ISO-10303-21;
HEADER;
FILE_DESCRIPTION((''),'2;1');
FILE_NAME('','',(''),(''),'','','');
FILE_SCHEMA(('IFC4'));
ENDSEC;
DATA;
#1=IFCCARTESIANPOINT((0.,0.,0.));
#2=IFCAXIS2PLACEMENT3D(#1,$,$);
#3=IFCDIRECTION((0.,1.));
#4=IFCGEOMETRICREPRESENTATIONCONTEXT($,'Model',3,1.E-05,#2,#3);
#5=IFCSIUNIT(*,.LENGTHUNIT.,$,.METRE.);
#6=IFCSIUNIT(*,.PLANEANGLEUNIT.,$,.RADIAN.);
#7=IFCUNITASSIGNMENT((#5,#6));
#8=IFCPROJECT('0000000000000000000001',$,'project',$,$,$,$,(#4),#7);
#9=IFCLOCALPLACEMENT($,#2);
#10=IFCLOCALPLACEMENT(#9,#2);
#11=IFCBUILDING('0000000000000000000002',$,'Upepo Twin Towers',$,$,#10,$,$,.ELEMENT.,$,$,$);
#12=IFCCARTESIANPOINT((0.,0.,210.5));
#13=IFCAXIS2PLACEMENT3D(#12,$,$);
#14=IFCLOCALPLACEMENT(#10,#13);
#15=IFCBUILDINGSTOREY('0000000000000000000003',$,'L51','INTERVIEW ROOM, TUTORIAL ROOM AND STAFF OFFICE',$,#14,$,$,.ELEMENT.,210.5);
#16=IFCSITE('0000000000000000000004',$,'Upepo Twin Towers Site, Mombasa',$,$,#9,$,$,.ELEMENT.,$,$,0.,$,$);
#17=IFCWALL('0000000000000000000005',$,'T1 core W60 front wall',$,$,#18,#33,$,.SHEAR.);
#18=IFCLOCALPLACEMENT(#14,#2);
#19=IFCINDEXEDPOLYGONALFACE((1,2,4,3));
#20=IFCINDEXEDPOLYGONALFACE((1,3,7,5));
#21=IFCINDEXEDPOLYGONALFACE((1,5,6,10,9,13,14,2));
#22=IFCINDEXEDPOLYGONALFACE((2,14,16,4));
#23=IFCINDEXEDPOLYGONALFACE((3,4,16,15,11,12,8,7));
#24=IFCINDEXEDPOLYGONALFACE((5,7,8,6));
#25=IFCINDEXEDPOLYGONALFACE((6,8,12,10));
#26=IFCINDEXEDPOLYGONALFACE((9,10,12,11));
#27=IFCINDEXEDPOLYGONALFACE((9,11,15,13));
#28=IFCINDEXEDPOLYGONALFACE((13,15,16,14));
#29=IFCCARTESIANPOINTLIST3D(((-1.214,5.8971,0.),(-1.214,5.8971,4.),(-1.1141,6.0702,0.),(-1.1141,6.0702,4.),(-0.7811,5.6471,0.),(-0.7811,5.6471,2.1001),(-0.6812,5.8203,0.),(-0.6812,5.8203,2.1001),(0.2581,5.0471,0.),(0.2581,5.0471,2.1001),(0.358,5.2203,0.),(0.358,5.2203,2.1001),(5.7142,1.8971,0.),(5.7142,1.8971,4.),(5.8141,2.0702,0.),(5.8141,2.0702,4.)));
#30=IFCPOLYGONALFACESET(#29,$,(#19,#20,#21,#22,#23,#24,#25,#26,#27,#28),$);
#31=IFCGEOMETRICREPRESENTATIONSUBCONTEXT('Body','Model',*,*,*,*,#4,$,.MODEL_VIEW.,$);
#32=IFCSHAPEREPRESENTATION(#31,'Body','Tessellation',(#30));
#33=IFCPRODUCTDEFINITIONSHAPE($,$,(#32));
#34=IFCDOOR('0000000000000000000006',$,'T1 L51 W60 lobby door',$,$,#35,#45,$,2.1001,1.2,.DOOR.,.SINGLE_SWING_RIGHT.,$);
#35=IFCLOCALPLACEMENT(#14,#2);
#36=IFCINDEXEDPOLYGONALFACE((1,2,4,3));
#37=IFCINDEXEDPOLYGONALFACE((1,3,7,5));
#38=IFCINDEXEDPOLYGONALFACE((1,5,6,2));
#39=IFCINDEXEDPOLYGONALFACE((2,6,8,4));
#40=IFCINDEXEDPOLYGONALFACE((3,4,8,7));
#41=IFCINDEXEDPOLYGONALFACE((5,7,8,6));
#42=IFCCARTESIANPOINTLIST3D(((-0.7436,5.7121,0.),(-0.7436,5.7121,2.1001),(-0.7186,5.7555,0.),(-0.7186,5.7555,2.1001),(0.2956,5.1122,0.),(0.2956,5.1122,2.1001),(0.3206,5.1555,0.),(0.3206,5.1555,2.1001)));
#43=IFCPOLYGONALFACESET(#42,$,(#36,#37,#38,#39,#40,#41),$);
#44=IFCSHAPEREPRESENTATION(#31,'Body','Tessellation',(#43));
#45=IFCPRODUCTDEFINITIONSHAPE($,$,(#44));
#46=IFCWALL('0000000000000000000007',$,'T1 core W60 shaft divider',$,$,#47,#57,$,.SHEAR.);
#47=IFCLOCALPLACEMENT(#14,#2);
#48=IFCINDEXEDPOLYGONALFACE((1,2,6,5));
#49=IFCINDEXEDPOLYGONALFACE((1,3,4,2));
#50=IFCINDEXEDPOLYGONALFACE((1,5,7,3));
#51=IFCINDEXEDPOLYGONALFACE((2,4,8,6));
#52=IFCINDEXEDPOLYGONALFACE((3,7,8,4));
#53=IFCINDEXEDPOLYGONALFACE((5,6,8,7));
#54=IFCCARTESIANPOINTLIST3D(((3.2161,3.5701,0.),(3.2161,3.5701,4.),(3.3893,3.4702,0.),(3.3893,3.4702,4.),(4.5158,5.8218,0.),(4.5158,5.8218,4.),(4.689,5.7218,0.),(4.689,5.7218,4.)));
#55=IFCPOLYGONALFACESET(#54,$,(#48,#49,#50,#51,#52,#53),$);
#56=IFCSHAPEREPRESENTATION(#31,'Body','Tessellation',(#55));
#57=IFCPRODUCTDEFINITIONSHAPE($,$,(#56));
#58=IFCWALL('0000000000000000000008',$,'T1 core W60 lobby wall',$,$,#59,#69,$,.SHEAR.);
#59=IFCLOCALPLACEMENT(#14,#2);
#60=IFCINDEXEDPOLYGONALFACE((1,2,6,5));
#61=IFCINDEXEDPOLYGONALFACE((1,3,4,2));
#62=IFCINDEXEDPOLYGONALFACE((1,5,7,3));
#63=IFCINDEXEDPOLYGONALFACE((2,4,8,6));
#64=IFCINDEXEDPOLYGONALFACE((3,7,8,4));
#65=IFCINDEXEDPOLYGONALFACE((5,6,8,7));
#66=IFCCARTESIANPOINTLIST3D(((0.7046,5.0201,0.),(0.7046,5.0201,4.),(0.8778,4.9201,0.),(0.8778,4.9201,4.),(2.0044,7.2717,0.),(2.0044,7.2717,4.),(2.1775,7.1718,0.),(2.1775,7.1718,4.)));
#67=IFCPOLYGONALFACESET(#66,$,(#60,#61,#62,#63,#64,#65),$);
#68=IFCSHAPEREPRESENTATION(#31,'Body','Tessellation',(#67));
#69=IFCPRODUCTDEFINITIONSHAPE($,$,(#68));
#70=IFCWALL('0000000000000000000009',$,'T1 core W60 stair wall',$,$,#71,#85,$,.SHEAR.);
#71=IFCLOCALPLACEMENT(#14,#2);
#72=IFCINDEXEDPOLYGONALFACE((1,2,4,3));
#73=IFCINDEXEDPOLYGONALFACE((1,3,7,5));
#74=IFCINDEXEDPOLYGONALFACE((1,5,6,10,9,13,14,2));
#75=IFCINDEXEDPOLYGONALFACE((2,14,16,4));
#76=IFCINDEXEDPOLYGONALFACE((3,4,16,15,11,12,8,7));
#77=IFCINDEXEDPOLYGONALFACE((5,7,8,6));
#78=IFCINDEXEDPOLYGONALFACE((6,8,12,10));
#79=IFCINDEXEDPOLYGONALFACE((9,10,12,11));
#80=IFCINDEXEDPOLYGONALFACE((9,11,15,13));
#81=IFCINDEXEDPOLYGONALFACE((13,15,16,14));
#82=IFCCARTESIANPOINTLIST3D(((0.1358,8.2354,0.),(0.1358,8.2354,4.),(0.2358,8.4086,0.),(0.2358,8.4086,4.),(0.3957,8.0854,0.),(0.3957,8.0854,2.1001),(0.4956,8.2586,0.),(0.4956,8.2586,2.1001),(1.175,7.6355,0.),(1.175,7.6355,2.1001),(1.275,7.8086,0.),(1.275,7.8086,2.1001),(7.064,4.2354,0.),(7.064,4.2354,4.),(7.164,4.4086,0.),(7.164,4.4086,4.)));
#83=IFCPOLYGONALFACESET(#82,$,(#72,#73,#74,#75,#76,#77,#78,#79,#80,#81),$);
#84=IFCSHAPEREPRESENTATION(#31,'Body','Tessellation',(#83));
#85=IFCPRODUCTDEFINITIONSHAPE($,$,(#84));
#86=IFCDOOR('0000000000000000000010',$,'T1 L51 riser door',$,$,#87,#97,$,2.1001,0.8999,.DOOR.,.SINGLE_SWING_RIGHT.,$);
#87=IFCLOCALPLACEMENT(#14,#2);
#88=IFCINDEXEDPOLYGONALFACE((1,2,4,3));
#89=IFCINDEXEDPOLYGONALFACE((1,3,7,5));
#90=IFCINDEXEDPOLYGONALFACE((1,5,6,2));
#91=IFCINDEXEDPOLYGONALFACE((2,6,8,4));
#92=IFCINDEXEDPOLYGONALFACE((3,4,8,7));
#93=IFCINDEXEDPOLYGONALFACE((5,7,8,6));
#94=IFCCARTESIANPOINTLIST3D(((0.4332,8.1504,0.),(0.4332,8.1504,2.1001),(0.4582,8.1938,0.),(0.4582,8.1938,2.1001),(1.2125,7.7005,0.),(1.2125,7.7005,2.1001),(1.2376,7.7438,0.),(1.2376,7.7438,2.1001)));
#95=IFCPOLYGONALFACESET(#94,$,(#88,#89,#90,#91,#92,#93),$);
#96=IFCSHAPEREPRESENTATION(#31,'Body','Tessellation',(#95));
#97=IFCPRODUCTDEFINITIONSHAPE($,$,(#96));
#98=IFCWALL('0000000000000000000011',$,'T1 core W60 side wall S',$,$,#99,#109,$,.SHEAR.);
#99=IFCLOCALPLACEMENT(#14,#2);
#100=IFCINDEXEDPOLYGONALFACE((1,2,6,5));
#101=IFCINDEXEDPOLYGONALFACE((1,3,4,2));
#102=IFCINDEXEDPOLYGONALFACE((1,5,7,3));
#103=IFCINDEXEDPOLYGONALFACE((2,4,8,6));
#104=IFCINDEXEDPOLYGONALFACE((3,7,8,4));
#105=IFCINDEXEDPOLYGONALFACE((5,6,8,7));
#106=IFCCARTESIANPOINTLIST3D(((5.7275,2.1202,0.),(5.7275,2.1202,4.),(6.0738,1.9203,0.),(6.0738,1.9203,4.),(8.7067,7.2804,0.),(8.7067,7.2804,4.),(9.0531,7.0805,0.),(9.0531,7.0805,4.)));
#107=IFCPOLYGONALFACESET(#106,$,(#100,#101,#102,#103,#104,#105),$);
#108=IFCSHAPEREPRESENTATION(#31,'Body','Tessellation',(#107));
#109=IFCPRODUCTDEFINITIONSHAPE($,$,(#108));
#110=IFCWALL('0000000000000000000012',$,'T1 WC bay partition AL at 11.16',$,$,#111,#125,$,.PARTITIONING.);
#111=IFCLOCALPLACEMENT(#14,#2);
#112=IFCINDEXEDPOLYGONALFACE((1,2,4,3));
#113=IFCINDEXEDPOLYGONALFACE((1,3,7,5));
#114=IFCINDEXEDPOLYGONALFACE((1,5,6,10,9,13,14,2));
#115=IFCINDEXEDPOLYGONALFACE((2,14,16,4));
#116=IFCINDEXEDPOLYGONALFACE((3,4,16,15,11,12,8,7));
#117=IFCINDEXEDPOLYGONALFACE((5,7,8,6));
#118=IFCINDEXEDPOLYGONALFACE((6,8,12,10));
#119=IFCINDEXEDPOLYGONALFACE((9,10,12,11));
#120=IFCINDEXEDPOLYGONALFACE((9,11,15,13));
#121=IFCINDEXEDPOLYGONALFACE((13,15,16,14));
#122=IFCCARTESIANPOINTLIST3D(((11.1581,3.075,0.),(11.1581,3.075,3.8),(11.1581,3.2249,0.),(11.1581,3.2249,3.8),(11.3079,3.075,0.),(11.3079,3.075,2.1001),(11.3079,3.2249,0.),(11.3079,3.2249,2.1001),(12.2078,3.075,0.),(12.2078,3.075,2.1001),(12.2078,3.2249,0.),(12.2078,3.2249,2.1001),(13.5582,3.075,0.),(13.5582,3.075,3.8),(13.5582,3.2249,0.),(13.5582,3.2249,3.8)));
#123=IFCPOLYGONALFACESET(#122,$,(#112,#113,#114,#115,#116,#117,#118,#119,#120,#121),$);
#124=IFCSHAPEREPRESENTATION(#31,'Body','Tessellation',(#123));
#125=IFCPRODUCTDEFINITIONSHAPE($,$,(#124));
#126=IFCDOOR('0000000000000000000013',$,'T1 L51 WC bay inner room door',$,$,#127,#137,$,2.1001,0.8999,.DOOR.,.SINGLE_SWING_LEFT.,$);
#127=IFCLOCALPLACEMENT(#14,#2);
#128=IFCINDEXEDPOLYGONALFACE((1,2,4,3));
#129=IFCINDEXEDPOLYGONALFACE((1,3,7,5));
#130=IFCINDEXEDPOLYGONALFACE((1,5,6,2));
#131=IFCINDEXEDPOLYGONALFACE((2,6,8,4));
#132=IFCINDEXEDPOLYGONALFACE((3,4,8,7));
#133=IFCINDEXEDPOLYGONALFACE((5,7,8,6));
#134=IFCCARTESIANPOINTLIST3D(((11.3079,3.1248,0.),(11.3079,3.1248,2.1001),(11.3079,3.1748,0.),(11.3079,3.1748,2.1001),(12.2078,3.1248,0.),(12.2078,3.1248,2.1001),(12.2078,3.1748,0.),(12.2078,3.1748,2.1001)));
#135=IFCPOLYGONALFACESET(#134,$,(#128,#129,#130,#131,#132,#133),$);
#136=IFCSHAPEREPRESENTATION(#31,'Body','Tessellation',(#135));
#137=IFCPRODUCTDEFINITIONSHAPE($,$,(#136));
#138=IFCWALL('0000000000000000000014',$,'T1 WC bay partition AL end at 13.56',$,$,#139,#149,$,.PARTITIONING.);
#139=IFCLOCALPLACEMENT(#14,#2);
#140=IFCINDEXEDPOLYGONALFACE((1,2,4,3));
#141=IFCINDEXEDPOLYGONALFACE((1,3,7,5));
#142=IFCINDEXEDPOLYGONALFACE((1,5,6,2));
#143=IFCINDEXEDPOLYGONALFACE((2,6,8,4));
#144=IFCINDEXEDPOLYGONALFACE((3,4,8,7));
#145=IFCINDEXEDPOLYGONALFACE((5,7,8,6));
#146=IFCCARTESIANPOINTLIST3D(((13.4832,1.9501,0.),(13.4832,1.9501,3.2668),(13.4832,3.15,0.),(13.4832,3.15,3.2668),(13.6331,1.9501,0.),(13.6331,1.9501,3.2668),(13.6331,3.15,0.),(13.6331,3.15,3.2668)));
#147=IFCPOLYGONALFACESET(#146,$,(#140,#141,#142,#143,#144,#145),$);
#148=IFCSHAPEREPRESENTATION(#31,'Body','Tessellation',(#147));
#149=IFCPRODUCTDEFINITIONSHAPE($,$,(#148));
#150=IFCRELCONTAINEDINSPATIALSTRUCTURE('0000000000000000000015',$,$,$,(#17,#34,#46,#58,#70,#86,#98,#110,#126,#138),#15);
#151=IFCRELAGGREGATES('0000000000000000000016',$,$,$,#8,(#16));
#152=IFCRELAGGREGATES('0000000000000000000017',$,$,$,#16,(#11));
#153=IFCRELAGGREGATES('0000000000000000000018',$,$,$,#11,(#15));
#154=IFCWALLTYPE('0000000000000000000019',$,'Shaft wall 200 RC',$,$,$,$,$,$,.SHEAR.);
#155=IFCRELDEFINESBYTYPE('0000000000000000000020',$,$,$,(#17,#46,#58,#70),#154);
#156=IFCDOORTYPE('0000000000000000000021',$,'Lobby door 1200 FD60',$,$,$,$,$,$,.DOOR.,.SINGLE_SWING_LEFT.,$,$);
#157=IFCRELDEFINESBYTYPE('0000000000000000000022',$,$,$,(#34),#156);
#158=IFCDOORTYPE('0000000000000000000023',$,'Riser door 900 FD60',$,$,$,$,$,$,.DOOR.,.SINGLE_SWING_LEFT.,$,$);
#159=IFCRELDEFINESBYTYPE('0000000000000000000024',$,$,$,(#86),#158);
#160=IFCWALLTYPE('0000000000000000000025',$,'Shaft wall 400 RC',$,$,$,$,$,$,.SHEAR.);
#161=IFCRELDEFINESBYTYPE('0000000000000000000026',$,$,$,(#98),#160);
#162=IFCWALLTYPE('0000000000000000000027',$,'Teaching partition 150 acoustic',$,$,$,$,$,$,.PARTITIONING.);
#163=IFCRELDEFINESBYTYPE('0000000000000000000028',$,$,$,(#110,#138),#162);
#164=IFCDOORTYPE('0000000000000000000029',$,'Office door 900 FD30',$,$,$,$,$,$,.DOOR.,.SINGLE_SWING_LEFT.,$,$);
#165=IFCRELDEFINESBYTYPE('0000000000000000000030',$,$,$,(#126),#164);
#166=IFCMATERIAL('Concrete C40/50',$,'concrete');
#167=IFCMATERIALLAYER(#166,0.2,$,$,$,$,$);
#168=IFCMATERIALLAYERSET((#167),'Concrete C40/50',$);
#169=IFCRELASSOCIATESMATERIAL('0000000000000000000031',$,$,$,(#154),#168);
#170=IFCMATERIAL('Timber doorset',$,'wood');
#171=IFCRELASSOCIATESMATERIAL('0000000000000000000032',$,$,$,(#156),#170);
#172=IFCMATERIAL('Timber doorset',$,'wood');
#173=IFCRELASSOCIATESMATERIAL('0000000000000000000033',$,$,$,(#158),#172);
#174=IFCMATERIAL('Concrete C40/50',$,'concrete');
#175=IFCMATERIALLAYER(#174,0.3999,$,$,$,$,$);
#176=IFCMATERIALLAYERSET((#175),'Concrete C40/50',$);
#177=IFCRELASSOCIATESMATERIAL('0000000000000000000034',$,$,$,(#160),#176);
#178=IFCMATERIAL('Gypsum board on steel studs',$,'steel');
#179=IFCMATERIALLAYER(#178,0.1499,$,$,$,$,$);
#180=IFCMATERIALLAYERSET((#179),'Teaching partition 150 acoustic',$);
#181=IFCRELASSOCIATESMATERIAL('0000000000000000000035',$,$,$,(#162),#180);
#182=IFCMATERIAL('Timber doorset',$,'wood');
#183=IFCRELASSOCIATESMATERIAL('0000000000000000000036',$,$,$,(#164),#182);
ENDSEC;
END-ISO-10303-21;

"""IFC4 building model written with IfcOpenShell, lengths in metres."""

from ifc_helpers import new_model, si_unit, direction, frame, frame_2d, origin, place, context, subcontext, project, spatial, rectangle, extrude, material, layer, layer_set, type_object, element, fill, save


model = new_model("IFC4")

# Units and contexts
model_context = context("Model", 3, precision=1e-05, world=origin(), true_north=direction((0.0, 1.0)))
body_context = subcontext(model_context, "Body", "Model", "MODEL_VIEW")
ifc_project = project(units=[si_unit("LENGTHUNIT", "METRE"), si_unit("PLANEANGLEUNIT", "RADIAN")], contexts=[model_context])

# Site, building, storey
site_placement = place(None, origin())
site = spatial("IfcSite", under=ifc_project, at=site_placement, Name="Upepo Twin Towers Site, Mombasa", CompositionType="ELEMENT", RefElevation=0.0)
building_placement = place(site_placement, origin())
building = spatial("IfcBuilding", under=site, at=building_placement, Name="Upepo Twin Towers", CompositionType="ELEMENT")
storey_placement = place(building_placement, frame((0.0, 0.0, 210.5)))
storey = spatial("IfcBuildingStorey", under=building, at=storey_placement, Name="L51", Description="INTERVIEW ROOM, TUTORIAL ROOM AND STAFF OFFICE", CompositionType="ELEMENT", Elevation=210.5)

# Wall, opening, door
ifc_material_1 = material(Name="Concrete C40/50", Category="concrete")
ifc_layer_1 = layer(ifc_material_1, 0.2)
ifc_layer_set_1 = layer_set([ifc_layer_1], Name="Concrete C40/50")
wall_type_1 = type_object("IfcWallType", Name="Shaft wall 200 RC", PredefinedType="SHEAR", material=ifc_layer_set_1)
wall_1_placement = place(storey_placement, frame((5.7642, 1.9836, 0.0), z_axis=(0.0, 0.0, 1.0), x_axis=(-0.866026, 0.499999, 0.0)))
wall_1 = element("IfcWall", 1, at=wall_1_placement, inside=storey, type_object=wall_type_1, Name="T1 core W60 front wall", PredefinedType="SHEAR", context=body_context, shape_type="SweptSolid", body=[
    extrude(rectangle(XDim=8.0, YDim=0.2, at=frame_2d((4.0, 0.0))), origin(), (0.0, 0.0, 1.0), 4.0),
])
opening_1_placement = place(wall_1_placement, frame((6.3, 0.0, 0.0)))
opening_1 = element("IfcOpeningElement", 2, at=opening_1_placement, cuts=wall_1, PredefinedType="OPENING", context=body_context, shape_type="SweptSolid", body=[
    extrude(rectangle(XDim=1.2, YDim=2.1001, at=frame_2d((0.6001, 1.05))), frame((0.0, 0.1099, 0.0), z_axis=(0.0, -1.0, 0.0), x_axis=(1.0, 0.0, 0.0)), (0.0, 0.0, 1.0), 0.22),
])
ifc_material_2 = material(Name="Timber doorset", Category="wood")
door_type_1 = type_object("IfcDoorType", Name="Lobby door 1200 FD60", OperationType="SINGLE_SWING_LEFT", PredefinedType="DOOR", material=ifc_material_2)
door_1_placement = place(opening_1_placement, origin())
door_1 = element("IfcDoor", 3, at=door_1_placement, inside=storey, type_object=door_type_1, Name="T1 L51 W60 lobby door", OperationType="SINGLE_SWING_RIGHT", OverallHeight=2.1001, OverallWidth=1.2, PredefinedType="DOOR", context=body_context, shape_type="SweptSolid", body=[
    extrude(rectangle(XDim=1.2, YDim=2.1001, at=frame_2d((0.6001, 1.05))), frame((0.0, 0.0249, 0.0), z_axis=(0.0, -1.0, 0.0), x_axis=(1.0, 0.0, 0.0)), (0.0, 0.0, 1.0), 0.05),
])
fill(opening_1, door_1)

# Walls
for number, where, z_axis, x_axis, name in (
    (4, (3.3027, 3.5203, 0.0), (0.0, 0.0, 1.0), (0.499937, 0.866062, 0.0), "T1 core W60 shaft divider"),
    (5, (0.7913, 4.9702, 0.0), (0.0, 0.0, 1.0), (0.499937, 0.866062, 0.0), "T1 core W60 lobby wall"),
):
    element("IfcWall", number, at=place(storey_placement, frame(where, z_axis=z_axis, x_axis=x_axis)), inside=storey, type_object=wall_type_1, Name=name, PredefinedType="SHEAR", context=body_context, shape_type="SweptSolid", body=[
        extrude(rectangle(XDim=2.5999, YDim=0.2, at=frame_2d((1.2998, 0.0))), origin(), (0.0, 0.0, 1.0), 4.0),
    ])

# Wall, opening, door
wall_2_placement = place(storey_placement, frame((7.114, 4.322, 0.0), z_axis=(0.0, 0.0, 1.0), x_axis=(-0.866026, 0.499999, 0.0)))
wall_2 = element("IfcWall", 6, at=wall_2_placement, inside=storey, type_object=wall_type_1, Name="T1 core W60 stair wall", PredefinedType="SHEAR", context=body_context, shape_type="SweptSolid", body=[
    extrude(rectangle(XDim=8.0, YDim=0.2, at=frame_2d((4.0, 0.0))), origin(), (0.0, 0.0, 1.0), 4.0),
])
opening_2_placement = place(wall_2_placement, frame((6.8, 0.0, 0.0)))
opening_2 = element("IfcOpeningElement", 7, at=opening_2_placement, cuts=wall_2, PredefinedType="OPENING", context=body_context, shape_type="SweptSolid", body=[
    extrude(rectangle(XDim=0.8999, YDim=2.1001, at=frame_2d((0.45, 1.05))), frame((0.0, 0.1099, 0.0), z_axis=(0.0, -1.0, 0.0), x_axis=(1.0, 0.0, 0.0)), (0.0, 0.0, 1.0), 0.22),
])
ifc_material_3 = material(Name="Timber doorset", Category="wood")
door_type_2 = type_object("IfcDoorType", Name="Riser door 900 FD60", OperationType="SINGLE_SWING_LEFT", PredefinedType="DOOR", material=ifc_material_3)
door_2_placement = place(opening_2_placement, origin())
door_2 = element("IfcDoor", 8, at=door_2_placement, inside=storey, type_object=door_type_2, Name="T1 L51 riser door", OperationType="SINGLE_SWING_RIGHT", OverallHeight=2.1001, OverallWidth=0.8999, PredefinedType="DOOR", context=body_context, shape_type="SweptSolid", body=[
    extrude(rectangle(XDim=0.8999, YDim=2.1001, at=frame_2d((0.45, 1.05))), frame((0.0, 0.0249, 0.0), z_axis=(0.0, -1.0, 0.0), x_axis=(1.0, 0.0, 0.0)), (0.0, 0.0, 1.0), 0.05),
])
fill(opening_2, door_2)

# Wall
ifc_material_4 = material(Name="Concrete C40/50", Category="concrete")
ifc_layer_2 = layer(ifc_material_4, 0.3999)
ifc_layer_set_2 = layer_set([ifc_layer_2], Name="Concrete C40/50")
wall_type_2 = type_object("IfcWallType", Name="Shaft wall 400 RC", PredefinedType="SHEAR", material=ifc_layer_set_2)
wall_3_placement = place(storey_placement, frame((5.9006, 2.0203, 0.0), z_axis=(0.0, 0.0, 1.0), x_axis=(0.500004, 0.866023, 0.0)))
element("IfcWall", 9, at=wall_3_placement, inside=storey, type_object=wall_type_2, Name="T1 core W60 side wall S", PredefinedType="SHEAR", context=body_context, shape_type="SweptSolid", body=[
    extrude(rectangle(XDim=5.9585, YDim=0.3999, at=frame_2d((2.9792, 0.0))), origin(), (0.0, 0.0, 1.0), 4.0),
])

# Wall, opening, door
ifc_material_5 = material(Name="Gypsum board on steel studs", Category="steel")
ifc_layer_3 = layer(ifc_material_5, 0.1499)
ifc_layer_set_3 = layer_set([ifc_layer_3], Name="Teaching partition 150 acoustic")
wall_type_3 = type_object("IfcWallType", Name="Teaching partition 150 acoustic", PredefinedType="PARTITIONING", material=ifc_layer_set_3)
wall_4_placement = place(storey_placement, frame((11.158, 3.1499, 0.0), z_axis=(0.0, 0.0, 1.0), x_axis=(1.0, 0.0, 0.0)))
wall_4 = element("IfcWall", 10, at=wall_4_placement, inside=storey, type_object=wall_type_3, Name="T1 WC bay partition AL at 11.16", PredefinedType="PARTITIONING", context=body_context, shape_type="SweptSolid", body=[
    extrude(rectangle(XDim=2.4001, YDim=0.1499, at=frame_2d((1.2002, 0.0))), origin(), (0.0, 0.0, 1.0), 3.8),
])
opening_3_placement = place(wall_4_placement, frame((0.1499, 0.0, 0.0)))
opening_3 = element("IfcOpeningElement", 11, at=opening_3_placement, cuts=wall_4, PredefinedType="OPENING", context=body_context, shape_type="SweptSolid", body=[
    extrude(rectangle(XDim=0.8999, YDim=2.1001, at=frame_2d((0.45, 1.05))), frame((0.0, 0.085, 0.0), z_axis=(0.0, -1.0, 0.0), x_axis=(1.0, 0.0, 0.0)), (0.0, 0.0, 1.0), 0.1699),
])
ifc_material_6 = material(Name="Timber doorset", Category="wood")
door_type_3 = type_object("IfcDoorType", Name="Office door 900 FD30", OperationType="SINGLE_SWING_LEFT", PredefinedType="DOOR", material=ifc_material_6)
door_3_placement = place(opening_3_placement, origin())
door_3 = element("IfcDoor", 12, at=door_3_placement, inside=storey, type_object=door_type_3, Name="T1 L51 WC bay inner room door", OperationType="SINGLE_SWING_LEFT", OverallHeight=2.1001, OverallWidth=0.8999, PredefinedType="DOOR", context=body_context, shape_type="SweptSolid", body=[
    extrude(rectangle(XDim=0.8999, YDim=2.1001, at=frame_2d((0.45, 1.05))), frame((0.0, 0.0249, 0.0), z_axis=(0.0, -1.0, 0.0), x_axis=(1.0, 0.0, 0.0)), (0.0, 0.0, 1.0), 0.05),
])
fill(opening_3, door_3)

# Wall
wall_5_placement = place(storey_placement, frame((13.5581, 1.95, 0.0), z_axis=(0.0, 0.0, 1.0), x_axis=(0.0, 1.0, 0.0)))
element("IfcWall", 13, at=wall_5_placement, inside=storey, type_object=wall_type_3, Name="T1 WC bay partition AL end at 13.56", PredefinedType="PARTITIONING", context=body_context, shape_type="SweptSolid", body=[
    extrude(rectangle(XDim=1.2, YDim=0.1499, at=frame_2d((0.6001, 0.0))), origin(), (0.0, 0.0, 1.0), 3.2668),
])

save(model, "model.ifc")
